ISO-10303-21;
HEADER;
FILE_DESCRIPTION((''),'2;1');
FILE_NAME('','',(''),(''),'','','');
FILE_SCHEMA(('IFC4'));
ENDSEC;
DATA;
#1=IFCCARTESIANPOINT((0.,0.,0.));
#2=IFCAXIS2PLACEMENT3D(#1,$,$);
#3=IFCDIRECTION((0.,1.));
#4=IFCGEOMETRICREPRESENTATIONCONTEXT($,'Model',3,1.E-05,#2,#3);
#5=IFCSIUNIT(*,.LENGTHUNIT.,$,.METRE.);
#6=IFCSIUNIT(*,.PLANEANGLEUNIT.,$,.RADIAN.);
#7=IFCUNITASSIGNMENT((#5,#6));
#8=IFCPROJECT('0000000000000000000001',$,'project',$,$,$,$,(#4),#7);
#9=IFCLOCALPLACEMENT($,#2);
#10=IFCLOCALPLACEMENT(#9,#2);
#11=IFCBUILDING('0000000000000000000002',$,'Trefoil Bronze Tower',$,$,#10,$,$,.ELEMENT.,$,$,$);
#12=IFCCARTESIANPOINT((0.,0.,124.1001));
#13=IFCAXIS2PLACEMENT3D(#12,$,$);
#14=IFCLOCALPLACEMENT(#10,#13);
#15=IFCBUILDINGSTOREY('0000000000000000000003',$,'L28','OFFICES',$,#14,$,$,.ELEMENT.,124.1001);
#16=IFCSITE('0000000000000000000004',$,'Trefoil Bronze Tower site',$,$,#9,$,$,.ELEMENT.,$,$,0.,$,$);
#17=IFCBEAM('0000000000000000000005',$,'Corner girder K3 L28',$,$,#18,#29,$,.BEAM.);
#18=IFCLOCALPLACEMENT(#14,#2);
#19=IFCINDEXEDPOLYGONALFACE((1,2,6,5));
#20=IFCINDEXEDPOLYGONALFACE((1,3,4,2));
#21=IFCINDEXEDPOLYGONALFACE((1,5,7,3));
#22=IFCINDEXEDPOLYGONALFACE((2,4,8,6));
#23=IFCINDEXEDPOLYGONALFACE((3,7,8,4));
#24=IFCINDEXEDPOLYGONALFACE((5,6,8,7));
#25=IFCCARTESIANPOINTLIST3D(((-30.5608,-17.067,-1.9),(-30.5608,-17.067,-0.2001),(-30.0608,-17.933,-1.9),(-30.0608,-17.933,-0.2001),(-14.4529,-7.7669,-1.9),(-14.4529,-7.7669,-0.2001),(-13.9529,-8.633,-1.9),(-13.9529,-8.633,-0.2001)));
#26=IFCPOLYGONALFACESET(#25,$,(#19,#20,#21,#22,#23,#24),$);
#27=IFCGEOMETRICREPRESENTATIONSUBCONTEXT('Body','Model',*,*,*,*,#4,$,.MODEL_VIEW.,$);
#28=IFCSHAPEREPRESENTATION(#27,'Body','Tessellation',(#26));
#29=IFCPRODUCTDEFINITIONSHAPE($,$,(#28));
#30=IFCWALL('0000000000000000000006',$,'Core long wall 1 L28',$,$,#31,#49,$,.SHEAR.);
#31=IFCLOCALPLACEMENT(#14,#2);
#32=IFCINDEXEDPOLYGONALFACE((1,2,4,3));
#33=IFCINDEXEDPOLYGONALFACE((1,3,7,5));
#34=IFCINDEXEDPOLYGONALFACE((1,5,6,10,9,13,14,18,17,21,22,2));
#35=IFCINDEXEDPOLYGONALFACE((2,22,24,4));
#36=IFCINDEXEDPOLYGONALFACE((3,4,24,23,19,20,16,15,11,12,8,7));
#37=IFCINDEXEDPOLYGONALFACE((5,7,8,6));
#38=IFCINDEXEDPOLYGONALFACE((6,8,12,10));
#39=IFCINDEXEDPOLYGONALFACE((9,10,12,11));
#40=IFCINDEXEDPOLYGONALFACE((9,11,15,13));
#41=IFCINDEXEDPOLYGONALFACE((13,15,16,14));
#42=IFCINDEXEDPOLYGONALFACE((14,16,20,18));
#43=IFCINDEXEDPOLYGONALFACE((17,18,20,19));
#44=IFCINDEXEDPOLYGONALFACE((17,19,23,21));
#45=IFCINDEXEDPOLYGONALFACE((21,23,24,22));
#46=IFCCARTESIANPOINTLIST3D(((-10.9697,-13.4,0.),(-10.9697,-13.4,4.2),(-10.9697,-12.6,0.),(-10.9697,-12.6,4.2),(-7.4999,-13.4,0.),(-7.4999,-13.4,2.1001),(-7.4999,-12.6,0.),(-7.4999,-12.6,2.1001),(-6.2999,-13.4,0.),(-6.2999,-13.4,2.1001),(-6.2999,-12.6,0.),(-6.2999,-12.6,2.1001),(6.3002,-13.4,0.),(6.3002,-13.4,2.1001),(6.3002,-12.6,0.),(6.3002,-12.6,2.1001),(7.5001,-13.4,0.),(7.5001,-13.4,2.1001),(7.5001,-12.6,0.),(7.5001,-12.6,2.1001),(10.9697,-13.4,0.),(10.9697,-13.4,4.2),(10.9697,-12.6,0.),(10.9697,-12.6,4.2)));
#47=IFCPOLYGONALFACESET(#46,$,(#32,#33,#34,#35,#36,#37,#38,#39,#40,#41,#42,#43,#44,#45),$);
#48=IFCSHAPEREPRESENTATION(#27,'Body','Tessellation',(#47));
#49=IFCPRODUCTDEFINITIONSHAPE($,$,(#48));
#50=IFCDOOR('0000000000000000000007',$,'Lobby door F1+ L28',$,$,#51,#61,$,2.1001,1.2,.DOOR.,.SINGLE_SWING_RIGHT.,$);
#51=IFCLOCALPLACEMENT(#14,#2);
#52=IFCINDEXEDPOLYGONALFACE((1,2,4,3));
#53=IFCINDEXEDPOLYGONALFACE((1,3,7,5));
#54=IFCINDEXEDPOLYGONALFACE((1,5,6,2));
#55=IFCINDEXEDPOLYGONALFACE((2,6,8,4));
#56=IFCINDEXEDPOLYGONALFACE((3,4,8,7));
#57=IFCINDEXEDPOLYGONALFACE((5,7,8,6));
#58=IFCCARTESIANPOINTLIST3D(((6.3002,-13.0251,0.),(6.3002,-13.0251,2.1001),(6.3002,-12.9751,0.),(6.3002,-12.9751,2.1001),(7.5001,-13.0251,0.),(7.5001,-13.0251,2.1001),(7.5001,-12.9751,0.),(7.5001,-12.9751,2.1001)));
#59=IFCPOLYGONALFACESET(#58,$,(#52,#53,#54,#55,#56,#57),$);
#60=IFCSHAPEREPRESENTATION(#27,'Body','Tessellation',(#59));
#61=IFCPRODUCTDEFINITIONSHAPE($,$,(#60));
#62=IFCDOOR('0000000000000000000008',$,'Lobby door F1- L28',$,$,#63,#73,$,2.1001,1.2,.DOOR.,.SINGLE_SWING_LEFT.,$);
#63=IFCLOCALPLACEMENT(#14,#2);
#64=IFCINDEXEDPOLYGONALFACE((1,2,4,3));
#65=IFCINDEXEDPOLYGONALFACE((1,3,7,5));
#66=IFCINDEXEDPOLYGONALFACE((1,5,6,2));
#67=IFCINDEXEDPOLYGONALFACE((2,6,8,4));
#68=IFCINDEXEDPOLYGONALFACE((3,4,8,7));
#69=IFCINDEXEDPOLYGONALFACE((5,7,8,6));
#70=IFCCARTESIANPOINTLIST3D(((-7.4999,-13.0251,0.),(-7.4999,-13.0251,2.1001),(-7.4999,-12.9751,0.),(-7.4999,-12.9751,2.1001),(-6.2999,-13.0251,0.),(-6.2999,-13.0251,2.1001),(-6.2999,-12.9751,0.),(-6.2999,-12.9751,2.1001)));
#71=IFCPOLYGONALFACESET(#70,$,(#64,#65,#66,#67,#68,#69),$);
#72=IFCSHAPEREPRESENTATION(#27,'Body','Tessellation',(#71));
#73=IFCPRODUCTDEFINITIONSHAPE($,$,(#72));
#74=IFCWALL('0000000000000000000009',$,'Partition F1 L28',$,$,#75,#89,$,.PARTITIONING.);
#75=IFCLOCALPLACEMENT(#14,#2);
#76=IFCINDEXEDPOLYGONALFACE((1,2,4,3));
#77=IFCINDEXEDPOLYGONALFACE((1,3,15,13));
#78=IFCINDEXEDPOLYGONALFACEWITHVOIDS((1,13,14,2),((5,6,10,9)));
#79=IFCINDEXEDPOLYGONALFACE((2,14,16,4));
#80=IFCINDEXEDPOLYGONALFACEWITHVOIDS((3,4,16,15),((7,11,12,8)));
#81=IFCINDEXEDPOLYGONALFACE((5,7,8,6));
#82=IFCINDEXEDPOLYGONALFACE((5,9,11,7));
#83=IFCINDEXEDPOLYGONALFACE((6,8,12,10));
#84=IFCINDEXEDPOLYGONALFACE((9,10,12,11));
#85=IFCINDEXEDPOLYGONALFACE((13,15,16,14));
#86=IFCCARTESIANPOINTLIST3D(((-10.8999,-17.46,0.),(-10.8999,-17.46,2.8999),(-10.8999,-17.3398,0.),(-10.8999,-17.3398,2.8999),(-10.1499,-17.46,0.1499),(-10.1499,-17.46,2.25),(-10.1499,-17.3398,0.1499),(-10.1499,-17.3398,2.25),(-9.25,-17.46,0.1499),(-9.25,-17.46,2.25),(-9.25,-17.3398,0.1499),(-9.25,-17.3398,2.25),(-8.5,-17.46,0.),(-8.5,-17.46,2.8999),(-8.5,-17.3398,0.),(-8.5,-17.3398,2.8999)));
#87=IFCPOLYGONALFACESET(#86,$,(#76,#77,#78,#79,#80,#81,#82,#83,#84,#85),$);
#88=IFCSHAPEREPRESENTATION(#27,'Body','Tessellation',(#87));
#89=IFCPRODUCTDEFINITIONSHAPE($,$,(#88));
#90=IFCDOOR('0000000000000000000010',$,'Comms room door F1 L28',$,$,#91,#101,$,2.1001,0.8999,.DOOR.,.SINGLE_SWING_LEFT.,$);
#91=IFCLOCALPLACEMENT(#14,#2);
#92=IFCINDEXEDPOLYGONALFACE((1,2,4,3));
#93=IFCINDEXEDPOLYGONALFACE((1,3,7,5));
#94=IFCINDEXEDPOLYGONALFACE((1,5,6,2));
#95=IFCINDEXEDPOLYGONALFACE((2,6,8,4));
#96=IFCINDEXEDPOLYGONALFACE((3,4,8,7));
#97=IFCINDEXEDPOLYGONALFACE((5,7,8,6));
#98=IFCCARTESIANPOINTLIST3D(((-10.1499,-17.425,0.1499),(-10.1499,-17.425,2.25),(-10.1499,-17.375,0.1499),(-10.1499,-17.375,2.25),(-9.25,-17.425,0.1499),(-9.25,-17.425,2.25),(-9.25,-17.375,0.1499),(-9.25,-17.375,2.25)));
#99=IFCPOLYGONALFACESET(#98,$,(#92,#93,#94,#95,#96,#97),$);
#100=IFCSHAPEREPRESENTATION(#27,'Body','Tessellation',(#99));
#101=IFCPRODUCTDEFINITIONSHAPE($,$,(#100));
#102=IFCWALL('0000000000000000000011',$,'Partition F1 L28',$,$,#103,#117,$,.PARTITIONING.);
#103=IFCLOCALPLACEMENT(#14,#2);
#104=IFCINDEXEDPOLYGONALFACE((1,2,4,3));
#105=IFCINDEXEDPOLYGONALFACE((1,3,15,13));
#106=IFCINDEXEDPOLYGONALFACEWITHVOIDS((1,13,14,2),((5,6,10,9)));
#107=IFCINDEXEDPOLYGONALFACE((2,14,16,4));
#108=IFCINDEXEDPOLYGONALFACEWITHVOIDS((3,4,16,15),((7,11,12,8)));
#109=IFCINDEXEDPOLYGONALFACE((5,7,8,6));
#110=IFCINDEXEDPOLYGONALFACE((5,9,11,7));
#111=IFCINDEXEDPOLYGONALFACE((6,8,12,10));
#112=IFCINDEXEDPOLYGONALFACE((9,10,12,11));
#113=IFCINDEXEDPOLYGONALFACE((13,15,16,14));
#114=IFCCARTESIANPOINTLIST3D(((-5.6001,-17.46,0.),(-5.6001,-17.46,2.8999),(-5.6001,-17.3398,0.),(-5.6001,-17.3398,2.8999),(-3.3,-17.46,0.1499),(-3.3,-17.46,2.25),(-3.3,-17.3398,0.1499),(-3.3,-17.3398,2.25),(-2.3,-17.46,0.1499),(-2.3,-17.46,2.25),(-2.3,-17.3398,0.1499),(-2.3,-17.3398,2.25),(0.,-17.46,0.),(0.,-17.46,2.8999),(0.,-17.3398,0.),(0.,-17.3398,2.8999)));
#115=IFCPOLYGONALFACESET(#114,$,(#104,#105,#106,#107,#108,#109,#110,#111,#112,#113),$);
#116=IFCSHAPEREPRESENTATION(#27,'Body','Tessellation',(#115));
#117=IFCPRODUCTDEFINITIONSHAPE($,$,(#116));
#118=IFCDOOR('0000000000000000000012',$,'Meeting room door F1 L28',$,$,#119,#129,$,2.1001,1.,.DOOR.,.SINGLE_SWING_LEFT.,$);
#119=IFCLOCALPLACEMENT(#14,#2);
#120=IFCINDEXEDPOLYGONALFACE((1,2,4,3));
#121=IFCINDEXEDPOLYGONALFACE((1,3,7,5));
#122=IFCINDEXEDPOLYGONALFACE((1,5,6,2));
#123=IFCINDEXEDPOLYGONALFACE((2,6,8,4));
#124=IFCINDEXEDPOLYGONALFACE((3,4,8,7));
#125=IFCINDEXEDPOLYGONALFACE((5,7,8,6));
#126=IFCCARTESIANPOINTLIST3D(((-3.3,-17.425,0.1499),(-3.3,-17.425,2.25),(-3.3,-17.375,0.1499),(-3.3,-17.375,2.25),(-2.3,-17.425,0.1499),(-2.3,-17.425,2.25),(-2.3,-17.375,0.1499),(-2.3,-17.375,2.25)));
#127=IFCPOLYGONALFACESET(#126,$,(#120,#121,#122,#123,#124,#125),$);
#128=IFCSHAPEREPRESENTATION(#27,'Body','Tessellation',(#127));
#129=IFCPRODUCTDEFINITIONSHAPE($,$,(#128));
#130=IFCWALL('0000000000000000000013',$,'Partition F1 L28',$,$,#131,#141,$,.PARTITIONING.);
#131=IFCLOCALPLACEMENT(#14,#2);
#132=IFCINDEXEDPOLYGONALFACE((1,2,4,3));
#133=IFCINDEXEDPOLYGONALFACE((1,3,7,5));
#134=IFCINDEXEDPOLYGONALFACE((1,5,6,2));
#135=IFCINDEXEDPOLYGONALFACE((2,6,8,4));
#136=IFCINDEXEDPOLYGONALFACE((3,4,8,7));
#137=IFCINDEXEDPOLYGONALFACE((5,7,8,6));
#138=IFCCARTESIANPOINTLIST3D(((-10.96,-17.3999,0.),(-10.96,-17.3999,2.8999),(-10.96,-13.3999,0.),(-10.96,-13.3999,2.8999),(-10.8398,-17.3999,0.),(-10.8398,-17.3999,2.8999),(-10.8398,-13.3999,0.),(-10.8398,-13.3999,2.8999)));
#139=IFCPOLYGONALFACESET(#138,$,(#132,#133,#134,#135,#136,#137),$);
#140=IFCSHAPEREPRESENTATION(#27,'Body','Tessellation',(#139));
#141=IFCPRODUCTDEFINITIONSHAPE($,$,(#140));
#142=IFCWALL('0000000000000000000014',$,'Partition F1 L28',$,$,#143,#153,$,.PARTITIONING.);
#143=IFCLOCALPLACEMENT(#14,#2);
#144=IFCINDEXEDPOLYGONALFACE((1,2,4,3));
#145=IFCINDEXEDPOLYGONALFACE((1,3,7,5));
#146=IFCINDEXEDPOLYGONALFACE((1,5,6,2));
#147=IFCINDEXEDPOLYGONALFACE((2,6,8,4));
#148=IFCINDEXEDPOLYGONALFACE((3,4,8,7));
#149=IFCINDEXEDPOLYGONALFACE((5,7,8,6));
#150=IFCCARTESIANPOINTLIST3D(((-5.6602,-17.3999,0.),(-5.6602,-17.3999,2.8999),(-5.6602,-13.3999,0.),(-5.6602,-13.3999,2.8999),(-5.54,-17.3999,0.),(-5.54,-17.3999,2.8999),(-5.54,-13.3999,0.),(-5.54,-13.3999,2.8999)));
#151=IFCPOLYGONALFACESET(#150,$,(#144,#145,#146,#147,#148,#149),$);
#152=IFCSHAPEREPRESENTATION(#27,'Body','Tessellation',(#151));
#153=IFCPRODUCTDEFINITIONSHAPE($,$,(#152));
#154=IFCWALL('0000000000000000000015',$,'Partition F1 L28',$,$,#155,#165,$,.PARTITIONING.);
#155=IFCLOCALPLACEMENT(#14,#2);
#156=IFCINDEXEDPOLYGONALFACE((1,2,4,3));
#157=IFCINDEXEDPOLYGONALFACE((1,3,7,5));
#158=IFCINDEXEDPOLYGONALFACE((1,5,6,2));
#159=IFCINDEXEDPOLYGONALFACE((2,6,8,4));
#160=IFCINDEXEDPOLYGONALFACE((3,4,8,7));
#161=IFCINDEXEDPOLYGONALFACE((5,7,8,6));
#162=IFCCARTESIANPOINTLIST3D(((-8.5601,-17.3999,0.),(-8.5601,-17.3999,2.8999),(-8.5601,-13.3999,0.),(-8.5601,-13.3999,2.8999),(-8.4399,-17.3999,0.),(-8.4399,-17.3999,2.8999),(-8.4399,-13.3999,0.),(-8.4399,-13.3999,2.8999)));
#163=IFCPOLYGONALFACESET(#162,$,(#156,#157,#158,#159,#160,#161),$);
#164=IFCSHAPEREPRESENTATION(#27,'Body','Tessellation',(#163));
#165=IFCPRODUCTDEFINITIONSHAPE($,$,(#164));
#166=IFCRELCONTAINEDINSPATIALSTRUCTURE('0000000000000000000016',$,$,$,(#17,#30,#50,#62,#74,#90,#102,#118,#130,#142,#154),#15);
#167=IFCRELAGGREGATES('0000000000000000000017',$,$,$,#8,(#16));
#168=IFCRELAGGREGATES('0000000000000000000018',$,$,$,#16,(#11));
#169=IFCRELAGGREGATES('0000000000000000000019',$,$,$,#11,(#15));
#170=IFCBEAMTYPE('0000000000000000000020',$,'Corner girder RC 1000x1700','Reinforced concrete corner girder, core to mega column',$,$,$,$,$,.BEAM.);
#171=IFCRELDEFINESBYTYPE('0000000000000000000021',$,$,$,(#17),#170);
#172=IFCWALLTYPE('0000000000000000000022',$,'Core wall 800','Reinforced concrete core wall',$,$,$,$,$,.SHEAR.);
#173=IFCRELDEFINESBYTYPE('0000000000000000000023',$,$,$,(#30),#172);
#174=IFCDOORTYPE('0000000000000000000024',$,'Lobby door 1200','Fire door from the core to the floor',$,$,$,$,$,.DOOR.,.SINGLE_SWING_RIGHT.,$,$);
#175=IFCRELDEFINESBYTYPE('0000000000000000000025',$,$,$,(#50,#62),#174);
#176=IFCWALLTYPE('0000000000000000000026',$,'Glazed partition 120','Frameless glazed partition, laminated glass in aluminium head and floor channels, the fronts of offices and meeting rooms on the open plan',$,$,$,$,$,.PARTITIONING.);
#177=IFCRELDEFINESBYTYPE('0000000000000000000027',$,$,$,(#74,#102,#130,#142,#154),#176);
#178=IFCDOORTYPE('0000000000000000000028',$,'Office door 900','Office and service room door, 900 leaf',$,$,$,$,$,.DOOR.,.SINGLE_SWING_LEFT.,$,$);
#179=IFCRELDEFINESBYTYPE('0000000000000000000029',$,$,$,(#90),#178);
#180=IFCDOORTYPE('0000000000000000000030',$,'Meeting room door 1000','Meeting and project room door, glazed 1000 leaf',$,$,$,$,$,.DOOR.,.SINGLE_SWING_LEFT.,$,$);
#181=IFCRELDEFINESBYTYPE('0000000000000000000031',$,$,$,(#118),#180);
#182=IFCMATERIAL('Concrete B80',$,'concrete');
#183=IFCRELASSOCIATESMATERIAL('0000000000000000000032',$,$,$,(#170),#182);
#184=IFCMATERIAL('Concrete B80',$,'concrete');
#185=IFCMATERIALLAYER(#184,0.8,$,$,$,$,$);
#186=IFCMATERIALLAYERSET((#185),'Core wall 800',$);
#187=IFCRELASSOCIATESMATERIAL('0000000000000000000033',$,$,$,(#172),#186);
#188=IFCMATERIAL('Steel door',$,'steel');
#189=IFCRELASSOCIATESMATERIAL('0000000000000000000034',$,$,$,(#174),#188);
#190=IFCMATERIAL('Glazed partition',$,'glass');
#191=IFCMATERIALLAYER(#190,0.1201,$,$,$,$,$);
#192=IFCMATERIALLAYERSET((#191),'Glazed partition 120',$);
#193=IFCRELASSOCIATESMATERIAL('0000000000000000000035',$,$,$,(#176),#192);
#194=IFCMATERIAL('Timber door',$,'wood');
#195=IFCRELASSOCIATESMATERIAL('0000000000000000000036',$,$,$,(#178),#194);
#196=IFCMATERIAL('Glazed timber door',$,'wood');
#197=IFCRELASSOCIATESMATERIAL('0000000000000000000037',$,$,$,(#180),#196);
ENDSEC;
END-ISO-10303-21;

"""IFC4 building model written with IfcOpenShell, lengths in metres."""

from ifc_helpers import new_model, si_unit, direction, frame, frame_2d, origin, origin_2d, place, context, subcontext, project, spatial, rectangle, extrude, material, layer, layer_set, material_profile, profile_set, type_object, element, fill, save


model = new_model("IFC4")

# Units and contexts
model_context = context("Model", 3, precision=1e-05, world=origin(), true_north=direction((0.0, 1.0)))
body_context = subcontext(model_context, "Body", "Model", "MODEL_VIEW")
ifc_project = project(units=[si_unit("LENGTHUNIT", "METRE"), si_unit("PLANEANGLEUNIT", "RADIAN")], contexts=[model_context])

# Site, building, storey
site_placement = place(None, origin())
site = spatial("IfcSite", under=ifc_project, at=site_placement, Name="Trefoil Bronze Tower site", CompositionType="ELEMENT", RefElevation=0.0)
building_placement = place(site_placement, origin())
building = spatial("IfcBuilding", under=site, at=building_placement, Name="Trefoil Bronze Tower", CompositionType="ELEMENT")
storey_placement = place(building_placement, frame((0.0, 0.0, 124.1001)))
storey = spatial("IfcBuildingStorey", under=building, at=storey_placement, Name="L28", Description="OFFICES", CompositionType="ELEMENT", Elevation=124.1001)

# Beam
ifc_material_1 = material(Name="Concrete B80", Category="concrete")
ifc_material_profile_1 = material_profile(ifc_material_1, rectangle(XDim=1.0, YDim=1.7, at=origin_2d()), Name="RC 1000x1700")
ifc_profile_set_1 = profile_set([ifc_material_profile_1], Name="Concrete B80")
beam_type_1 = type_object("IfcBeamType", Name="Corner girder RC 1000x1700", Description="Reinforced concrete corner girder, core to mega column", PredefinedType="BEAM", material=ifc_profile_set_1)
beam_1_placement = place(storey_placement, frame((-14.2029, -8.2, -1.05), z_axis=(-0.866022, -0.500006, 0.0), x_axis=(0.500006, -0.866022, 0.0)))
element("IfcBeam", 1, at=beam_1_placement, inside=storey, type_object=beam_type_1, Name="Corner girder K3 L28", PredefinedType="BEAM", context=body_context, shape_type="SweptSolid", body=[
    extrude(rectangle(XDim=1.0, YDim=1.7, at=origin_2d()), origin(), (0.0, 0.0, 1.0), 18.5999),
])

# Wall, openings, doors
ifc_material_2 = material(Name="Concrete B80", Category="concrete")
ifc_layer_1 = layer(ifc_material_2, 0.8)
ifc_layer_set_1 = layer_set([ifc_layer_1], Name="Core wall 800")
wall_type_1 = type_object("IfcWallType", Name="Core wall 800", Description="Reinforced concrete core wall", PredefinedType="SHEAR", material=ifc_layer_set_1)
wall_1_placement = place(storey_placement, frame((-10.9697, -13.0, 0.0), z_axis=(0.0, 0.0, 1.0), x_axis=(1.0, 0.0, 0.0)))
wall_1 = element("IfcWall", 2, at=wall_1_placement, inside=storey, type_object=wall_type_1, Name="Core long wall 1 L28", PredefinedType="SHEAR", context=body_context, shape_type="SweptSolid", body=[
    extrude(rectangle(XDim=21.9395, YDim=0.8, at=frame_2d((10.9697, 0.0))), origin(), (0.0, 0.0, 1.0), 4.2),
])
opening_1_placement = place(wall_1_placement, frame((17.2698, 0.0, 0.0)))
opening_1 = element("IfcOpeningElement", 3, at=opening_1_placement, cuts=wall_1, PredefinedType="OPENING", context=body_context, shape_type="SweptSolid", body=[
    extrude(rectangle(XDim=1.2, YDim=2.1001, at=frame_2d((0.6001, 1.05))), frame((0.0, 0.4099, 0.0), z_axis=(0.0, -1.0, 0.0), x_axis=(1.0, 0.0, 0.0)), (0.0, 0.0, 1.0), 0.8201),
])
opening_2_placement = place(wall_1_placement, frame((3.4697, 0.0, 0.0)))
opening_2 = element("IfcOpeningElement", 4, at=opening_2_placement, cuts=wall_1, PredefinedType="OPENING", context=body_context, shape_type="SweptSolid", body=[
    extrude(rectangle(XDim=1.2, YDim=2.1001, at=frame_2d((0.6001, 1.05))), frame((0.0, 0.4099, 0.0), z_axis=(0.0, -1.0, 0.0), x_axis=(1.0, 0.0, 0.0)), (0.0, 0.0, 1.0), 0.8201),
])
ifc_material_3 = material(Name="Steel door", Category="steel")
door_type_1 = type_object("IfcDoorType", Name="Lobby door 1200", Description="Fire door from the core to the floor", OperationType="SINGLE_SWING_RIGHT", PredefinedType="DOOR", material=ifc_material_3)
door_1_placement = place(opening_1_placement, origin())
door_1 = element("IfcDoor", 5, at=door_1_placement, inside=storey, type_object=door_type_1, Name="Lobby door F1+ L28", OperationType="SINGLE_SWING_RIGHT", OverallHeight=2.1001, OverallWidth=1.2, PredefinedType="DOOR", context=body_context, shape_type="SweptSolid", body=[
    extrude(rectangle(XDim=1.2, YDim=2.1001, at=frame_2d((0.6001, 1.05))), frame((0.0, 0.0249, 0.0), z_axis=(0.0, -1.0, 0.0), x_axis=(1.0, 0.0, 0.0)), (0.0, 0.0, 1.0), 0.05),
])
fill(opening_1, door_1)
door_2_placement = place(opening_2_placement, origin())
door_2 = element("IfcDoor", 6, at=door_2_placement, inside=storey, type_object=door_type_1, Name="Lobby door F1- L28", OperationType="SINGLE_SWING_LEFT", OverallHeight=2.1001, OverallWidth=1.2, PredefinedType="DOOR", context=body_context, shape_type="SweptSolid", body=[
    extrude(rectangle(XDim=1.2, YDim=2.1001, at=frame_2d((0.6001, 1.05))), frame((0.0, 0.0249, 0.0), z_axis=(0.0, -1.0, 0.0), x_axis=(1.0, 0.0, 0.0)), (0.0, 0.0, 1.0), 0.05),
])
fill(opening_2, door_2)

# Walls, openings, doors
ifc_material_4 = material(Name="Glazed partition", Category="glass")
ifc_layer_2 = layer(ifc_material_4, 0.1201)
ifc_layer_set_2 = layer_set([ifc_layer_2], Name="Glazed partition 120")
wall_type_2 = type_object("IfcWallType", Name="Glazed partition 120", Description="Frameless glazed partition, laminated glass in aluminium head and floor channels, the fronts of offices and meeting rooms on the open plan", PredefinedType="PARTITIONING", material=ifc_layer_set_2)
wall_2_placement = place(storey_placement, frame((-10.8999, -17.3999, 0.0), z_axis=(0.0, 0.0, 1.0), x_axis=(1.0, 0.0, 0.0)))
wall_2 = element("IfcWall", 7, at=wall_2_placement, inside=storey, type_object=wall_type_2, Name="Partition F1 L28", PredefinedType="PARTITIONING", context=body_context, shape_type="SweptSolid", body=[
    extrude(rectangle(XDim=2.3999, YDim=0.1201, at=frame_2d((1.2, 0.0))), origin(), (0.0, 0.0, 1.0), 2.8999),
])
opening_3_placement = place(wall_2_placement, frame((0.75, 0.0, 0.1499)))
opening_3 = element("IfcOpeningElement", 8, at=opening_3_placement, cuts=wall_2, PredefinedType="OPENING", context=body_context, shape_type="SweptSolid", body=[
    extrude(rectangle(XDim=0.8999, YDim=2.1001, at=frame_2d((0.45, 1.05))), frame((0.0, 0.0701, 0.0), z_axis=(0.0, -1.0, 0.0), x_axis=(1.0, 0.0, 0.0)), (0.0, 0.0, 1.0), 0.1401),
])
ifc_material_5 = material(Name="Timber door", Category="wood")
door_type_2 = type_object("IfcDoorType", Name="Office door 900", Description="Office and service room door, 900 leaf", OperationType="SINGLE_SWING_LEFT", PredefinedType="DOOR", material=ifc_material_5)
door_3_placement = place(opening_3_placement, origin())
door_3 = element("IfcDoor", 9, at=door_3_placement, inside=storey, type_object=door_type_2, Name="Comms room door F1 L28", OperationType="SINGLE_SWING_LEFT", OverallHeight=2.1001, OverallWidth=0.8999, PredefinedType="DOOR", context=body_context, shape_type="SweptSolid", body=[
    extrude(rectangle(XDim=0.8999, YDim=2.1001, at=frame_2d((0.45, 1.05))), frame((0.0, 0.0249, 0.0), z_axis=(0.0, -1.0, 0.0), x_axis=(1.0, 0.0, 0.0)), (0.0, 0.0, 1.0), 0.05),
])
fill(opening_3, door_3)
wall_3_placement = place(storey_placement, frame((-5.6001, -17.3999, 0.0), z_axis=(0.0, 0.0, 1.0), x_axis=(1.0, 0.0, 0.0)))
wall_3 = element("IfcWall", 10, at=wall_3_placement, inside=storey, type_object=wall_type_2, Name="Partition F1 L28", PredefinedType="PARTITIONING", context=body_context, shape_type="SweptSolid", body=[
    extrude(rectangle(XDim=5.6001, YDim=0.1201, at=frame_2d((2.8, 0.0))), origin(), (0.0, 0.0, 1.0), 2.8999),
])
opening_4_placement = place(wall_3_placement, frame((2.3, 0.0, 0.1499)))
opening_4 = element("IfcOpeningElement", 11, at=opening_4_placement, cuts=wall_3, PredefinedType="OPENING", context=body_context, shape_type="SweptSolid", body=[
    extrude(rectangle(XDim=1.0, YDim=2.1001, at=frame_2d((0.5, 1.05))), frame((0.0, 0.0701, 0.0), z_axis=(0.0, -1.0, 0.0), x_axis=(1.0, 0.0, 0.0)), (0.0, 0.0, 1.0), 0.1401),
])
ifc_material_6 = material(Name="Glazed timber door", Category="wood")
door_type_3 = type_object("IfcDoorType", Name="Meeting room door 1000", Description="Meeting and project room door, glazed 1000 leaf", OperationType="SINGLE_SWING_LEFT", PredefinedType="DOOR", material=ifc_material_6)
door_4_placement = place(opening_4_placement, origin())
door_4 = element("IfcDoor", 12, at=door_4_placement, inside=storey, type_object=door_type_3, Name="Meeting room door F1 L28", OperationType="SINGLE_SWING_LEFT", OverallHeight=2.1001, OverallWidth=1.0, PredefinedType="DOOR", context=body_context, shape_type="SweptSolid", body=[
    extrude(rectangle(XDim=1.0, YDim=2.1001, at=frame_2d((0.5, 1.05))), frame((0.0, 0.0249, 0.0), z_axis=(0.0, -1.0, 0.0), x_axis=(1.0, 0.0, 0.0)), (0.0, 0.0, 1.0), 0.05),
])
fill(opening_4, door_4)

# Walls
for number, where, z_axis, x_axis, name in (
    (13, (-10.8999, -13.3999, 0.0), (0.0, 0.0, 1.0), (0.0, -1.0, 0.0), "Partition F1 L28"),
    (14, (-5.6001, -13.3999, 0.0), (0.0, 0.0, 1.0), (0.0, -1.0, 0.0), "Partition F1 L28"),
    (15, (-8.5, -13.3999, 0.0), (0.0, 0.0, 1.0), (0.0, -1.0, 0.0), "Partition F1 L28"),
):
    element("IfcWall", number, at=place(storey_placement, frame(where, z_axis=z_axis, x_axis=x_axis)), inside=storey, type_object=wall_type_2, Name=name, PredefinedType="PARTITIONING", context=body_context, shape_type="SweptSolid", body=[
        extrude(rectangle(XDim=4.0, YDim=0.1201, at=frame_2d((2.0, 0.0))), origin(), (0.0, 0.0, 1.0), 2.8999),
    ])

save(model, "model.ifc")
